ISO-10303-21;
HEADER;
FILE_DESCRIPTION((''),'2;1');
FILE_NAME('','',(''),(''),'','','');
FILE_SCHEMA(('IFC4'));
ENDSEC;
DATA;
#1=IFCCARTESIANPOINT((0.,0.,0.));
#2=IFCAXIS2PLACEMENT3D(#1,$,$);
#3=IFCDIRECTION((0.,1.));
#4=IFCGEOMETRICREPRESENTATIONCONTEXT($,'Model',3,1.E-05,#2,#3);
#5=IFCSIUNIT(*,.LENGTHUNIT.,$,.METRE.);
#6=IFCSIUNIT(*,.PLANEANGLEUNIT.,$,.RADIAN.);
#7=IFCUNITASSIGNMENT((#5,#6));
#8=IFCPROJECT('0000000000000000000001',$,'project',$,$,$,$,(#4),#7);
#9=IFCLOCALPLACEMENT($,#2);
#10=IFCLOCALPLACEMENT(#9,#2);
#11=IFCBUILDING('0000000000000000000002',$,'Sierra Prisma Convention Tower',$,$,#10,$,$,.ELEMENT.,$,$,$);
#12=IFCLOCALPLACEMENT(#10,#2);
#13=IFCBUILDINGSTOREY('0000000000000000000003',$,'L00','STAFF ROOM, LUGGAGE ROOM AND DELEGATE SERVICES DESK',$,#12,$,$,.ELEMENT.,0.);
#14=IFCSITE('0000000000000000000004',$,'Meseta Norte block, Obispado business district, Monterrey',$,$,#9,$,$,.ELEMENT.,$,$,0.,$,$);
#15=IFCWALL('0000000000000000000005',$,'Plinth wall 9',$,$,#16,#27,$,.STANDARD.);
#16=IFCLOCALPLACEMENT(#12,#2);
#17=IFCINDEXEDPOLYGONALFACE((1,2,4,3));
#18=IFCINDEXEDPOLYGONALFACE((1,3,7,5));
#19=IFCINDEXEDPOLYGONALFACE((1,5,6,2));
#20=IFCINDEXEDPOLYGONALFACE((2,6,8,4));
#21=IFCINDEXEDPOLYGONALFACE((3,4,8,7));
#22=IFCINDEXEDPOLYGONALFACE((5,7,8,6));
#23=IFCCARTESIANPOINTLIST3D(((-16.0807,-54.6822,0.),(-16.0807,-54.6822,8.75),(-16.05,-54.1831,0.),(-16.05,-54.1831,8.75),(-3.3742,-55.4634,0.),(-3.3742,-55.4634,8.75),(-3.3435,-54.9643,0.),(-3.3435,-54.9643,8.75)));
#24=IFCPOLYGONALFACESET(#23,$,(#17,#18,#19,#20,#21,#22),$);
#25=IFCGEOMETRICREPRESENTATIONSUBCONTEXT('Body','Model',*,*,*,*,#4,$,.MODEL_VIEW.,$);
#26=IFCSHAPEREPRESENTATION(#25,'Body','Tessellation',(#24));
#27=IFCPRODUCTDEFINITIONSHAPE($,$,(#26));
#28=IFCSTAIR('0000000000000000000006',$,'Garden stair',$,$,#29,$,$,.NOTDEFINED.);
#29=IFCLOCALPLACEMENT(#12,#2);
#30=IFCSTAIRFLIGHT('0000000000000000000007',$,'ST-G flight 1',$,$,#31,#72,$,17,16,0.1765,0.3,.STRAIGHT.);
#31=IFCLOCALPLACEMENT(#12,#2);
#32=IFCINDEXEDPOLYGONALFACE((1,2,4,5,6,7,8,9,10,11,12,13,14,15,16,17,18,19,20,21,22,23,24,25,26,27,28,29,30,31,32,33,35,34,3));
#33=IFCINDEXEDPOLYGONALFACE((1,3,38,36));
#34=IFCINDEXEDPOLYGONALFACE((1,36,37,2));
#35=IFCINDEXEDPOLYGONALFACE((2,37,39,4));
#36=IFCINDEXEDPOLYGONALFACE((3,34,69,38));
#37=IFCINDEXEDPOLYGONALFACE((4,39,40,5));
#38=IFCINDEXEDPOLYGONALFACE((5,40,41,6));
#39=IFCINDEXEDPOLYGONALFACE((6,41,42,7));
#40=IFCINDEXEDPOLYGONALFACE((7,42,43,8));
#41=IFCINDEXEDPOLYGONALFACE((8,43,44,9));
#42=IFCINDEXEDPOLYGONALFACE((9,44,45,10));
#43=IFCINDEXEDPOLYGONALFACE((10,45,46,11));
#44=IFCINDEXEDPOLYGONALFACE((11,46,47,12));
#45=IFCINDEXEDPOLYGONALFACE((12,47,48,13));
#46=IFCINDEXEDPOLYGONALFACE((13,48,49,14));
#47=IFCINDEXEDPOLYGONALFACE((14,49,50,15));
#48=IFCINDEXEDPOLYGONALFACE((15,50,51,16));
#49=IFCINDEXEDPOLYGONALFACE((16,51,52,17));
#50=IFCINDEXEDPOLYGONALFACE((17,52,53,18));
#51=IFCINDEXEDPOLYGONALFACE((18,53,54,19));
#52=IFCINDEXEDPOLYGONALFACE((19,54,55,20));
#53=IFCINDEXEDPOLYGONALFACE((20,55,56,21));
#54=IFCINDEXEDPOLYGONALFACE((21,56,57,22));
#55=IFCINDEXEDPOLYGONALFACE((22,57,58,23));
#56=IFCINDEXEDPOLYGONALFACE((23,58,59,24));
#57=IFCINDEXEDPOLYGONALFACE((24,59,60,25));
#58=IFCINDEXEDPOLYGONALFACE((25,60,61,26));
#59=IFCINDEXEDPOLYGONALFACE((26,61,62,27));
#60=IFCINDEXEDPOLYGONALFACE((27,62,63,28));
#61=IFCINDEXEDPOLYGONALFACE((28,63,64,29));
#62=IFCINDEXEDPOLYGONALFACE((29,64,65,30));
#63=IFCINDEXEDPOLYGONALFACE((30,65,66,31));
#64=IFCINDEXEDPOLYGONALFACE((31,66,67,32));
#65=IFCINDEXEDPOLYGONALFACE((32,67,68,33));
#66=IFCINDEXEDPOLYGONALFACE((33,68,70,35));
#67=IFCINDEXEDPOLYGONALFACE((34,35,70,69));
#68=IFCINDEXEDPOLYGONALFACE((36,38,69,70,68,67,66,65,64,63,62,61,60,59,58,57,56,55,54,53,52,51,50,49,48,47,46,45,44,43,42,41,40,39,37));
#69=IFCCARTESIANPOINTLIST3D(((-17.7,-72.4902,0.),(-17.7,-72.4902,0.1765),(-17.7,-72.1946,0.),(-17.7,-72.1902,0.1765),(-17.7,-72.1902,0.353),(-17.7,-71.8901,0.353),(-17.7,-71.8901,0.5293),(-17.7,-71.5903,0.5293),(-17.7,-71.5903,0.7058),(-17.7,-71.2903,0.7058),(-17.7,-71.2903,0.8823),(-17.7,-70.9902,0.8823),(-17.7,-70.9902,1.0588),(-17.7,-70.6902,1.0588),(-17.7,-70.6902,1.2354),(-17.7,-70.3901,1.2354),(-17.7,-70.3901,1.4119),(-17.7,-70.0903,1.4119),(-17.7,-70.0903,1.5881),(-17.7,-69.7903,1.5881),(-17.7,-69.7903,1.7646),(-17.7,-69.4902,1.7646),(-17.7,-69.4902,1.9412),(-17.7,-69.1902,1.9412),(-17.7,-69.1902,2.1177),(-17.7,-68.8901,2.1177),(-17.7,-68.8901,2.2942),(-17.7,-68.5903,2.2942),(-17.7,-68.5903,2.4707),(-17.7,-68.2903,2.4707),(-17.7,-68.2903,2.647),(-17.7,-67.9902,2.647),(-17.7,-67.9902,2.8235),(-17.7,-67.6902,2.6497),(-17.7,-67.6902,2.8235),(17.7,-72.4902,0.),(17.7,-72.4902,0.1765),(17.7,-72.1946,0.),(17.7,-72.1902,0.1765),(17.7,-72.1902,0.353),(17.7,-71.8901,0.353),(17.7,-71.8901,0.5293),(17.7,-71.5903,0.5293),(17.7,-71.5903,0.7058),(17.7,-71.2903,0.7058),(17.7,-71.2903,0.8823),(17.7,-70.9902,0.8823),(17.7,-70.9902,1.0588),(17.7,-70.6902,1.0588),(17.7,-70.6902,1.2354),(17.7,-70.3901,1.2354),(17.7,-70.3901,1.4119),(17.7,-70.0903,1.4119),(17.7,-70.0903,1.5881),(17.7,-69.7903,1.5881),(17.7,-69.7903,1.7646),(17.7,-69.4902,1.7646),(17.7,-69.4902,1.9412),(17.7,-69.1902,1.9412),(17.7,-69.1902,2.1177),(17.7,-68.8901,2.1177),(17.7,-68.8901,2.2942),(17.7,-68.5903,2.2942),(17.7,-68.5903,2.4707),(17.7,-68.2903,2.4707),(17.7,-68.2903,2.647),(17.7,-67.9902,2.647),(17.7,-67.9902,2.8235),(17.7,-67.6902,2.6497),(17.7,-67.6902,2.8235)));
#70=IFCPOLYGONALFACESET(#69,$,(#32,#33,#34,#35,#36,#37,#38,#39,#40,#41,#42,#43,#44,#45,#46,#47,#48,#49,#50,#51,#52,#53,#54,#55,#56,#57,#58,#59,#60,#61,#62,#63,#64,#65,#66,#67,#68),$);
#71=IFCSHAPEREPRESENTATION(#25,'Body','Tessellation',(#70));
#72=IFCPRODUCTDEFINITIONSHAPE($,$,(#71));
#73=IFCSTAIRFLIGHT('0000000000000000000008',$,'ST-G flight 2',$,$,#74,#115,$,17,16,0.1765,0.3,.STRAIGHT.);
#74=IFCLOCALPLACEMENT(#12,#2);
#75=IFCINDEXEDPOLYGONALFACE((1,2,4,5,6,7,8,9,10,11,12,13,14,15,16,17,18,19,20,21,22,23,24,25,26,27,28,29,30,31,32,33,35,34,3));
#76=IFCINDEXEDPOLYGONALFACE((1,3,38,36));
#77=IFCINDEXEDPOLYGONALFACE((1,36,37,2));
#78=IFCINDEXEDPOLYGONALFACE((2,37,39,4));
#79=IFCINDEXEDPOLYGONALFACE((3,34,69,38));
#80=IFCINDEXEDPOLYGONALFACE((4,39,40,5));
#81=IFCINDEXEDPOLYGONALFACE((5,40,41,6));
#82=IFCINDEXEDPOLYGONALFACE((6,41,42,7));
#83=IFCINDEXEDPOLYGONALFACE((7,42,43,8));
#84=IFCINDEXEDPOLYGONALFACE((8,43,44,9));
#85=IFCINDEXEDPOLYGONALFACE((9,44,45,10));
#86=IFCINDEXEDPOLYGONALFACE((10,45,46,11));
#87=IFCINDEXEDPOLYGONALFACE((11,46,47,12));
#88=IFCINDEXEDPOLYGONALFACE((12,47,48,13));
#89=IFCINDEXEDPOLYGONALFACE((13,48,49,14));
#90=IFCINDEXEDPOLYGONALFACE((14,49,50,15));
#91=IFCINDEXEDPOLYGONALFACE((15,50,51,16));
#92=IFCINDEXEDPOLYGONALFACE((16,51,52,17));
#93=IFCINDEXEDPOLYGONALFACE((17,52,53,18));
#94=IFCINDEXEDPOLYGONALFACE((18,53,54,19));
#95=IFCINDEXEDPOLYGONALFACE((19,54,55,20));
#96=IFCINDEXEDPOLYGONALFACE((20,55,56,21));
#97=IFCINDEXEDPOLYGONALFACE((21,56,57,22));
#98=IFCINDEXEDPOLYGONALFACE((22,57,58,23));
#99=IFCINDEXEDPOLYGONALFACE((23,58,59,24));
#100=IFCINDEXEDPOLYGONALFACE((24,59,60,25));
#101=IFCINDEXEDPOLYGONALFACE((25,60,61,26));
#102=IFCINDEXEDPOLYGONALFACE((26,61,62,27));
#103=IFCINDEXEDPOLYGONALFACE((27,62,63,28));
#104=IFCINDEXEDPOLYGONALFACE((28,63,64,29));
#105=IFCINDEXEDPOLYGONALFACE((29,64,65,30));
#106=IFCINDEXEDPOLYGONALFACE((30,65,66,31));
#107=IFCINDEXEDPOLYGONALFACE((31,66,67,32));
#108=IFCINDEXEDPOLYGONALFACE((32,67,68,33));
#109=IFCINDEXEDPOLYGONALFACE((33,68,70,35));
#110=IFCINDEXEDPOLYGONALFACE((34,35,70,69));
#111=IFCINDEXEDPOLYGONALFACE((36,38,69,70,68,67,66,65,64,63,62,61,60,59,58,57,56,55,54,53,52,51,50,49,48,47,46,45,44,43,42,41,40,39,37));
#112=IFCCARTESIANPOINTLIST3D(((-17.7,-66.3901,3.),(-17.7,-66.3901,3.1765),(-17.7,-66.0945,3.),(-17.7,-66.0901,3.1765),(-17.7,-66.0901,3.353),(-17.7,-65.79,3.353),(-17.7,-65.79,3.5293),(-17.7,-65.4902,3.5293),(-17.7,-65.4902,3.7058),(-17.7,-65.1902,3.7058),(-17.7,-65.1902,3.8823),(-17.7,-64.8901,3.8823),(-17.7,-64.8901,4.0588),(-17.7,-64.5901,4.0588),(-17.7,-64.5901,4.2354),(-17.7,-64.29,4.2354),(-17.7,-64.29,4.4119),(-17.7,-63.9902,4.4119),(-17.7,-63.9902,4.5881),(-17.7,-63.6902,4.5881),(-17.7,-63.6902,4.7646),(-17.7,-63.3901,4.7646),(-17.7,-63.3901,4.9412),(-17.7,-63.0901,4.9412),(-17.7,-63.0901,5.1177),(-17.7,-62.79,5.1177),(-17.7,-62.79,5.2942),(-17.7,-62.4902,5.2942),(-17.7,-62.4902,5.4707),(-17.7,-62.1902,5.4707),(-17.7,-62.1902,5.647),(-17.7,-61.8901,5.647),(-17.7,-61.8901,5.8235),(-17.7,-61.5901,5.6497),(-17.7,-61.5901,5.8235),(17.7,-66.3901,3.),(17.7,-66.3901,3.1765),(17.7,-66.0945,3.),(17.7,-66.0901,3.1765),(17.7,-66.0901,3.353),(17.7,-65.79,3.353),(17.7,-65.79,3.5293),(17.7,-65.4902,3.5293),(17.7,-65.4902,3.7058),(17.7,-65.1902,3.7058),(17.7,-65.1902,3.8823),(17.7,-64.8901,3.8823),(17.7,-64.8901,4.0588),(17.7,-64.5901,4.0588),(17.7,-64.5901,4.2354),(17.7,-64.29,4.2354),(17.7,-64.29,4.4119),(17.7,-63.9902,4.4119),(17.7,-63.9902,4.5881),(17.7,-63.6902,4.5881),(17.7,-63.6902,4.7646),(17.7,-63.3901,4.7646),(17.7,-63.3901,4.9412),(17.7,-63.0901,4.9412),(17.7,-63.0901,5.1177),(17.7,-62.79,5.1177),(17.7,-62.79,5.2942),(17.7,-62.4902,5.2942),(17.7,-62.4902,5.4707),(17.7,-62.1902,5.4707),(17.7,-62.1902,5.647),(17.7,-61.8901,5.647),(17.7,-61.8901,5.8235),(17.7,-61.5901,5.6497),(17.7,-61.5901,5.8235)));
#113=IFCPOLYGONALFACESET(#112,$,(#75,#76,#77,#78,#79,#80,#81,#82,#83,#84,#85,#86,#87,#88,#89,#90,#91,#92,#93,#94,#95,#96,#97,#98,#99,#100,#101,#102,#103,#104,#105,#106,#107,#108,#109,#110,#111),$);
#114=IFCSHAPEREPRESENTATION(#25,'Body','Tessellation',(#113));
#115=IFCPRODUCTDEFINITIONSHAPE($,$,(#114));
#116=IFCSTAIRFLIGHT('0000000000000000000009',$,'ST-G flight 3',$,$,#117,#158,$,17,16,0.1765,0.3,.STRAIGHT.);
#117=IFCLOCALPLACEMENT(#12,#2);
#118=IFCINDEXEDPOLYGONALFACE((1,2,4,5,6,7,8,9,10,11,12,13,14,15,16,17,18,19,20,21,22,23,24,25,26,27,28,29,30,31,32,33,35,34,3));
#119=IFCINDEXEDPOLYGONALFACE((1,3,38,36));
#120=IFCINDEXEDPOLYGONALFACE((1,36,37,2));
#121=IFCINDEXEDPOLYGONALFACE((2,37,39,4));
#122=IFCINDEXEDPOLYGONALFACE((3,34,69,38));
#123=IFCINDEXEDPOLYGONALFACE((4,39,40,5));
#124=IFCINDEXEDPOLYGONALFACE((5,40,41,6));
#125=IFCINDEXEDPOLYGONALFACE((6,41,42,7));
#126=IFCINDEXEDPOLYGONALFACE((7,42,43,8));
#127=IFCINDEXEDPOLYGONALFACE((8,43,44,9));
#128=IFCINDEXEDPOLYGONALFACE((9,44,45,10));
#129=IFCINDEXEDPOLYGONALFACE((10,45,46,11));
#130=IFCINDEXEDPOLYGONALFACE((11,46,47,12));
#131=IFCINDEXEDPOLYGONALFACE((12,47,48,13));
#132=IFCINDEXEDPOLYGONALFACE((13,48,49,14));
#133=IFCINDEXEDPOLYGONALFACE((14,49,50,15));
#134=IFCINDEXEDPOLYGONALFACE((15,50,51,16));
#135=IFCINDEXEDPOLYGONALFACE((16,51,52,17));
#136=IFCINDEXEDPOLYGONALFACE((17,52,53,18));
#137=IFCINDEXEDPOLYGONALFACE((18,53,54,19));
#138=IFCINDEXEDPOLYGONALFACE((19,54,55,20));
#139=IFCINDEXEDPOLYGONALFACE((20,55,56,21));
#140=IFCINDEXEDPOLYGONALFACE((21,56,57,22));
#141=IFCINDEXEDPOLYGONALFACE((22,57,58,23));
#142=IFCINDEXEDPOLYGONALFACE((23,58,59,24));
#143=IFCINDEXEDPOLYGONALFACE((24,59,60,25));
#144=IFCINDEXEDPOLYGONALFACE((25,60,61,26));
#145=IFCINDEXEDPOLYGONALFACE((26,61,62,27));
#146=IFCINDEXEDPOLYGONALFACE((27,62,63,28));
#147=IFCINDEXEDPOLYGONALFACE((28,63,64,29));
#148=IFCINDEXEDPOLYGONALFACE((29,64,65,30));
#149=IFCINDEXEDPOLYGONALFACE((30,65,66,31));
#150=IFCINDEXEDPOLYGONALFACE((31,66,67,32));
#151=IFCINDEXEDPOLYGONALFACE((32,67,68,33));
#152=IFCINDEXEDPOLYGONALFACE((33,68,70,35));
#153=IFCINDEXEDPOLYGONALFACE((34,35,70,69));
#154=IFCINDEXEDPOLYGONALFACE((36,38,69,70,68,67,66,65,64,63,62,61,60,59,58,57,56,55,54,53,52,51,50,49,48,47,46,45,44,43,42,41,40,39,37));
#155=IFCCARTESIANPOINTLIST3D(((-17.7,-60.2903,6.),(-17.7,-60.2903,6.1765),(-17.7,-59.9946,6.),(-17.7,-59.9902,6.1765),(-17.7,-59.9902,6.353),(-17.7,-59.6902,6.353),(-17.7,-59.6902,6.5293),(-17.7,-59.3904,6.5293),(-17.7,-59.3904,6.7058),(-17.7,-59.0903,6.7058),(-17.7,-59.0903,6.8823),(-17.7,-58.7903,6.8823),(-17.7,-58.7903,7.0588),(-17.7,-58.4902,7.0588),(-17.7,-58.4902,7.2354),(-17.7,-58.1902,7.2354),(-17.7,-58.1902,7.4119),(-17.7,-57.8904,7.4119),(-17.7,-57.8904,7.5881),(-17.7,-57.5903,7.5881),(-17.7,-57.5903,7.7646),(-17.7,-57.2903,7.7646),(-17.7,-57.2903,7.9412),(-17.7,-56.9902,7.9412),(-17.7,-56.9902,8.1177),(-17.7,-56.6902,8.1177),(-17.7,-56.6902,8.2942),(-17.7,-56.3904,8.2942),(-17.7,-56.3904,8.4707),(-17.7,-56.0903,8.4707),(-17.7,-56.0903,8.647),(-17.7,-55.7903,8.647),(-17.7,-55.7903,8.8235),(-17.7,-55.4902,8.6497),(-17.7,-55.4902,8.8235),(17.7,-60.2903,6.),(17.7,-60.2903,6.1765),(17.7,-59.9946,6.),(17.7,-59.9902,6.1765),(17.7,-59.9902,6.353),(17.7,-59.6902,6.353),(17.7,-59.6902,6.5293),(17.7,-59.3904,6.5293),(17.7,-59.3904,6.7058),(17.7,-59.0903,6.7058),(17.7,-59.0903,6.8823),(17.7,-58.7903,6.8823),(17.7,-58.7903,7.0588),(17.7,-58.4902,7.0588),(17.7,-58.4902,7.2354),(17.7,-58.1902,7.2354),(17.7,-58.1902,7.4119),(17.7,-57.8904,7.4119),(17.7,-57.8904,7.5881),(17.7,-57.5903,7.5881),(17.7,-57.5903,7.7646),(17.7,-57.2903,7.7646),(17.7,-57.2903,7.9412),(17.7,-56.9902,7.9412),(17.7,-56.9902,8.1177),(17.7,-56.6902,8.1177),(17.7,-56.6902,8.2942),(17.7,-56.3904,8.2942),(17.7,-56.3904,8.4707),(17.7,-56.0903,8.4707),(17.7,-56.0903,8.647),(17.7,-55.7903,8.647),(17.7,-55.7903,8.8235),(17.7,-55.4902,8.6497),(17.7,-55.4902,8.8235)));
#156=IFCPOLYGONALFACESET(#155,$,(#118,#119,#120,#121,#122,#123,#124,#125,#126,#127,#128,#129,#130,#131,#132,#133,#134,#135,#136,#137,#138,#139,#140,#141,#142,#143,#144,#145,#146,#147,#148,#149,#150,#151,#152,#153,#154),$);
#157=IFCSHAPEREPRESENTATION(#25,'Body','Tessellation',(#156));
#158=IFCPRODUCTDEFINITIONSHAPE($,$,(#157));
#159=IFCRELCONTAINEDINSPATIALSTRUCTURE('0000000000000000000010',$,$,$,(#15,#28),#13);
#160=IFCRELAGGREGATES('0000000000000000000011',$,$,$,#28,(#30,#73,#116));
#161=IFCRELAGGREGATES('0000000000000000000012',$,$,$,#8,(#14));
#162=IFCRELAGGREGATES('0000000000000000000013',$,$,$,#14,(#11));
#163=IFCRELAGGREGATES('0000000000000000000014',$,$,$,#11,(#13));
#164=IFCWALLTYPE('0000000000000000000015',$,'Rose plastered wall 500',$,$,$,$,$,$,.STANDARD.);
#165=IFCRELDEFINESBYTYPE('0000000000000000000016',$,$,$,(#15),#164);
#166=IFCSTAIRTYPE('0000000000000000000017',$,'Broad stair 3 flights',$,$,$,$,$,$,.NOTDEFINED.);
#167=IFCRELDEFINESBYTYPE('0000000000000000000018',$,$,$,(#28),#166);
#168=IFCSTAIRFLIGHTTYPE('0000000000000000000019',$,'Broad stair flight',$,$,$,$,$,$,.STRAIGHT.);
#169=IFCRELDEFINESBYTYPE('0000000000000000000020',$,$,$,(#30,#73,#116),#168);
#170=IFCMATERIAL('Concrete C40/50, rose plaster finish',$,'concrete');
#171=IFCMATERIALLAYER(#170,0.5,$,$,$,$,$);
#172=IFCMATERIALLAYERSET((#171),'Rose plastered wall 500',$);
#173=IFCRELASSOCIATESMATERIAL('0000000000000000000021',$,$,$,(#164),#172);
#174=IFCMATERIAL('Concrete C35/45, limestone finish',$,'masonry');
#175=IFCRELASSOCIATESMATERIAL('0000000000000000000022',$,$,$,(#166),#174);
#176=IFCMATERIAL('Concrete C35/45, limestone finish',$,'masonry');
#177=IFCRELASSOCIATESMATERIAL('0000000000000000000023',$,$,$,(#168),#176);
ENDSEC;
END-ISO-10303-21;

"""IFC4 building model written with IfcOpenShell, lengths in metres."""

from ifc_helpers import new_model, si_unit, direction, frame, frame_2d, origin, place, context, subcontext, project, spatial, polyline, rectangle, outline, extrude, material, layer, layer_set, type_object, element, aggregate, save


model = new_model("IFC4")

# Units and contexts
model_context = context("Model", 3, precision=1e-05, world=origin(), true_north=direction((0.0, 1.0)))
body_context = subcontext(model_context, "Body", "Model", "MODEL_VIEW")
ifc_project = project(units=[si_unit("LENGTHUNIT", "METRE"), si_unit("PLANEANGLEUNIT", "RADIAN")], contexts=[model_context])

# Site, building, storey
site_placement = place(None, origin())
site = spatial("IfcSite", under=ifc_project, at=site_placement, Name="Meseta Norte block, Obispado business district, Monterrey", CompositionType="ELEMENT", RefElevation=0.0)
building_placement = place(site_placement, origin())
building = spatial("IfcBuilding", under=site, at=building_placement, Name="Sierra Prisma Convention Tower", CompositionType="ELEMENT")
storey_placement = place(building_placement, origin())
storey = spatial("IfcBuildingStorey", under=building, at=storey_placement, Name="L00", Description="STAFF ROOM, LUGGAGE ROOM AND DELEGATE SERVICES DESK", CompositionType="ELEMENT", Elevation=0.0)

# Wall
ifc_material_1 = material(Name="Concrete C40/50, rose plaster finish", Category="concrete")
ifc_layer_1 = layer(ifc_material_1, 0.5)
ifc_layer_set_1 = layer_set([ifc_layer_1], Name="Rose plastered wall 500")
wall_type_1 = type_object("IfcWallType", Name="Rose plastered wall 500", PredefinedType="STANDARD", material=ifc_layer_set_1)
wall_1_placement = place(storey_placement, frame((-3.3589, -55.2139, 0.0), z_axis=(0.0, 0.0, 1.0), x_axis=(-0.998115, 0.061368, 0.0)))
element("IfcWall", 1, at=wall_1_placement, inside=storey, type_object=wall_type_1, Name="Plinth wall 9", PredefinedType="STANDARD", context=body_context, shape_type="SweptSolid", body=[
    extrude(rectangle(XDim=12.7305, YDim=0.5, at=frame_2d((6.3652, 0.0))), origin(), (0.0, 0.0, 1.0), 8.75),
])

# Stair, stair flights
ifc_material_2 = material(Name="Concrete C35/45, limestone finish", Category="masonry")
stair_type = type_object("IfcStairType", Name="Broad stair 3 flights", PredefinedType="NOTDEFINED", material=ifc_material_2)
stair_placement = place(storey_placement, origin())
stair = element("IfcStair", 2, at=stair_placement, inside=storey, type_object=stair_type, Name="Garden stair", PredefinedType="NOTDEFINED")
ifc_material_3 = material(Name="Concrete C35/45, limestone finish", Category="masonry")
stair_flight_type = type_object("IfcStairFlightType", Name="Broad stair flight", PredefinedType="STRAIGHT", material=ifc_material_3)
stair_flight_1_placement = place(storey_placement, frame((0.0, -72.4902, 0.0), z_axis=(0.0, 0.0, 1.0), x_axis=(0.0, 1.0, 0.0)))
stair_flight_1 = element("IfcStairFlight", 3, at=stair_flight_1_placement, type_object=stair_flight_type, Name="ST-G flight 1", NumberOfRisers=17, NumberOfTreads=16, PredefinedType="STRAIGHT", RiserHeight=0.1765, TreadLength=0.3, context=body_context, shape_type="SweptSolid", body=[
    extrude(outline(polyline([(0.0, 0.0), (0.0, 0.1765), (0.3, 0.1765), (0.3, 0.353), (0.6001, 0.353), (0.6001, 0.5293), (0.8999, 0.5293), (0.8999, 0.7058), (1.2, 0.7058), (1.2, 0.8823), (1.5, 0.8823), (1.5, 1.0588), (1.8, 1.0588), (1.8, 1.2354), (2.1001, 1.2354), (2.1001, 1.4119), (2.3999, 1.4119), (2.3999, 1.5881), (2.7, 1.5881), (2.7, 1.7646), (3.0, 1.7646), (3.0, 1.9412), (3.3, 1.9412), (3.3, 2.1177), (3.6001, 2.1177), (3.6001, 2.2942), (3.8999, 2.2942), (3.8999, 2.4707), (4.2, 2.4707), (4.2, 2.647), (4.5, 2.647), (4.5, 2.8235), (4.8, 2.8235), (4.8, 3.0), (4.8, 2.6497), (0.2957, 0.0), (0.0, 0.0)])), frame((0.0, 17.7, 0.0), z_axis=(0.0, -1.0, 0.0), x_axis=(1.0, 0.0, 0.0)), (0.0, 0.0, 1.0), 35.3999),
])
stair_flight_2_placement = place(storey_placement, frame((0.0, -66.3901, 3.0), z_axis=(0.0, 0.0, 1.0), x_axis=(0.0, 1.0, 0.0)))
stair_flight_2 = element("IfcStairFlight", 4, at=stair_flight_2_placement, type_object=stair_flight_type, Name="ST-G flight 2", NumberOfRisers=17, NumberOfTreads=16, PredefinedType="STRAIGHT", RiserHeight=0.1765, TreadLength=0.3, context=body_context, shape_type="SweptSolid", body=[
    extrude(outline(polyline([(0.0, 0.0), (0.0, 0.1765), (0.3, 0.1765), (0.3, 0.353), (0.6001, 0.353), (0.6001, 0.5293), (0.8999, 0.5293), (0.8999, 0.7058), (1.2, 0.7058), (1.2, 0.8823), (1.5, 0.8823), (1.5, 1.0588), (1.8, 1.0588), (1.8, 1.2354), (2.1001, 1.2354), (2.1001, 1.4119), (2.3999, 1.4119), (2.3999, 1.5881), (2.7, 1.5881), (2.7, 1.7646), (3.0, 1.7646), (3.0, 1.9412), (3.3, 1.9412), (3.3, 2.1177), (3.6001, 2.1177), (3.6001, 2.2942), (3.8999, 2.2942), (3.8999, 2.4707), (4.2, 2.4707), (4.2, 2.647), (4.5, 2.647), (4.5, 2.8235), (4.8, 2.8235), (4.8, 3.0), (4.8, 2.6497), (0.2957, 0.0), (0.0, 0.0)])), frame((0.0, 17.7, 0.0), z_axis=(0.0, -1.0, 0.0), x_axis=(1.0, 0.0, 0.0)), (0.0, 0.0, 1.0), 35.3999),
])
stair_flight_3_placement = place(storey_placement, frame((0.0, -60.2903, 6.0), z_axis=(0.0, 0.0, 1.0), x_axis=(0.0, 1.0, 0.0)))
stair_flight_3 = element("IfcStairFlight", 5, at=stair_flight_3_placement, type_object=stair_flight_type, Name="ST-G flight 3", NumberOfRisers=17, NumberOfTreads=16, PredefinedType="STRAIGHT", RiserHeight=0.1765, TreadLength=0.3, context=body_context, shape_type="SweptSolid", body=[
    extrude(outline(polyline([(0.0, 0.0), (0.0, 0.1765), (0.3, 0.1765), (0.3, 0.353), (0.6001, 0.353), (0.6001, 0.5293), (0.8999, 0.5293), (0.8999, 0.7058), (1.2, 0.7058), (1.2, 0.8823), (1.5, 0.8823), (1.5, 1.0588), (1.8, 1.0588), (1.8, 1.2354), (2.1001, 1.2354), (2.1001, 1.4119), (2.3999, 1.4119), (2.3999, 1.5881), (2.7, 1.5881), (2.7, 1.7646), (3.0, 1.7646), (3.0, 1.9412), (3.3, 1.9412), (3.3, 2.1177), (3.6001, 2.1177), (3.6001, 2.2942), (3.8999, 2.2942), (3.8999, 2.4707), (4.2, 2.4707), (4.2, 2.647), (4.5, 2.647), (4.5, 2.8235), (4.8, 2.8235), (4.8, 3.0), (4.8, 2.6497), (0.2957, 0.0), (0.0, 0.0)])), frame((0.0, 17.7, 0.0), z_axis=(0.0, -1.0, 0.0), x_axis=(1.0, 0.0, 0.0)), (0.0, 0.0, 1.0), 35.3999),
])
aggregate(stair, [stair_flight_1, stair_flight_2, stair_flight_3])

save(model, "model.ifc")
